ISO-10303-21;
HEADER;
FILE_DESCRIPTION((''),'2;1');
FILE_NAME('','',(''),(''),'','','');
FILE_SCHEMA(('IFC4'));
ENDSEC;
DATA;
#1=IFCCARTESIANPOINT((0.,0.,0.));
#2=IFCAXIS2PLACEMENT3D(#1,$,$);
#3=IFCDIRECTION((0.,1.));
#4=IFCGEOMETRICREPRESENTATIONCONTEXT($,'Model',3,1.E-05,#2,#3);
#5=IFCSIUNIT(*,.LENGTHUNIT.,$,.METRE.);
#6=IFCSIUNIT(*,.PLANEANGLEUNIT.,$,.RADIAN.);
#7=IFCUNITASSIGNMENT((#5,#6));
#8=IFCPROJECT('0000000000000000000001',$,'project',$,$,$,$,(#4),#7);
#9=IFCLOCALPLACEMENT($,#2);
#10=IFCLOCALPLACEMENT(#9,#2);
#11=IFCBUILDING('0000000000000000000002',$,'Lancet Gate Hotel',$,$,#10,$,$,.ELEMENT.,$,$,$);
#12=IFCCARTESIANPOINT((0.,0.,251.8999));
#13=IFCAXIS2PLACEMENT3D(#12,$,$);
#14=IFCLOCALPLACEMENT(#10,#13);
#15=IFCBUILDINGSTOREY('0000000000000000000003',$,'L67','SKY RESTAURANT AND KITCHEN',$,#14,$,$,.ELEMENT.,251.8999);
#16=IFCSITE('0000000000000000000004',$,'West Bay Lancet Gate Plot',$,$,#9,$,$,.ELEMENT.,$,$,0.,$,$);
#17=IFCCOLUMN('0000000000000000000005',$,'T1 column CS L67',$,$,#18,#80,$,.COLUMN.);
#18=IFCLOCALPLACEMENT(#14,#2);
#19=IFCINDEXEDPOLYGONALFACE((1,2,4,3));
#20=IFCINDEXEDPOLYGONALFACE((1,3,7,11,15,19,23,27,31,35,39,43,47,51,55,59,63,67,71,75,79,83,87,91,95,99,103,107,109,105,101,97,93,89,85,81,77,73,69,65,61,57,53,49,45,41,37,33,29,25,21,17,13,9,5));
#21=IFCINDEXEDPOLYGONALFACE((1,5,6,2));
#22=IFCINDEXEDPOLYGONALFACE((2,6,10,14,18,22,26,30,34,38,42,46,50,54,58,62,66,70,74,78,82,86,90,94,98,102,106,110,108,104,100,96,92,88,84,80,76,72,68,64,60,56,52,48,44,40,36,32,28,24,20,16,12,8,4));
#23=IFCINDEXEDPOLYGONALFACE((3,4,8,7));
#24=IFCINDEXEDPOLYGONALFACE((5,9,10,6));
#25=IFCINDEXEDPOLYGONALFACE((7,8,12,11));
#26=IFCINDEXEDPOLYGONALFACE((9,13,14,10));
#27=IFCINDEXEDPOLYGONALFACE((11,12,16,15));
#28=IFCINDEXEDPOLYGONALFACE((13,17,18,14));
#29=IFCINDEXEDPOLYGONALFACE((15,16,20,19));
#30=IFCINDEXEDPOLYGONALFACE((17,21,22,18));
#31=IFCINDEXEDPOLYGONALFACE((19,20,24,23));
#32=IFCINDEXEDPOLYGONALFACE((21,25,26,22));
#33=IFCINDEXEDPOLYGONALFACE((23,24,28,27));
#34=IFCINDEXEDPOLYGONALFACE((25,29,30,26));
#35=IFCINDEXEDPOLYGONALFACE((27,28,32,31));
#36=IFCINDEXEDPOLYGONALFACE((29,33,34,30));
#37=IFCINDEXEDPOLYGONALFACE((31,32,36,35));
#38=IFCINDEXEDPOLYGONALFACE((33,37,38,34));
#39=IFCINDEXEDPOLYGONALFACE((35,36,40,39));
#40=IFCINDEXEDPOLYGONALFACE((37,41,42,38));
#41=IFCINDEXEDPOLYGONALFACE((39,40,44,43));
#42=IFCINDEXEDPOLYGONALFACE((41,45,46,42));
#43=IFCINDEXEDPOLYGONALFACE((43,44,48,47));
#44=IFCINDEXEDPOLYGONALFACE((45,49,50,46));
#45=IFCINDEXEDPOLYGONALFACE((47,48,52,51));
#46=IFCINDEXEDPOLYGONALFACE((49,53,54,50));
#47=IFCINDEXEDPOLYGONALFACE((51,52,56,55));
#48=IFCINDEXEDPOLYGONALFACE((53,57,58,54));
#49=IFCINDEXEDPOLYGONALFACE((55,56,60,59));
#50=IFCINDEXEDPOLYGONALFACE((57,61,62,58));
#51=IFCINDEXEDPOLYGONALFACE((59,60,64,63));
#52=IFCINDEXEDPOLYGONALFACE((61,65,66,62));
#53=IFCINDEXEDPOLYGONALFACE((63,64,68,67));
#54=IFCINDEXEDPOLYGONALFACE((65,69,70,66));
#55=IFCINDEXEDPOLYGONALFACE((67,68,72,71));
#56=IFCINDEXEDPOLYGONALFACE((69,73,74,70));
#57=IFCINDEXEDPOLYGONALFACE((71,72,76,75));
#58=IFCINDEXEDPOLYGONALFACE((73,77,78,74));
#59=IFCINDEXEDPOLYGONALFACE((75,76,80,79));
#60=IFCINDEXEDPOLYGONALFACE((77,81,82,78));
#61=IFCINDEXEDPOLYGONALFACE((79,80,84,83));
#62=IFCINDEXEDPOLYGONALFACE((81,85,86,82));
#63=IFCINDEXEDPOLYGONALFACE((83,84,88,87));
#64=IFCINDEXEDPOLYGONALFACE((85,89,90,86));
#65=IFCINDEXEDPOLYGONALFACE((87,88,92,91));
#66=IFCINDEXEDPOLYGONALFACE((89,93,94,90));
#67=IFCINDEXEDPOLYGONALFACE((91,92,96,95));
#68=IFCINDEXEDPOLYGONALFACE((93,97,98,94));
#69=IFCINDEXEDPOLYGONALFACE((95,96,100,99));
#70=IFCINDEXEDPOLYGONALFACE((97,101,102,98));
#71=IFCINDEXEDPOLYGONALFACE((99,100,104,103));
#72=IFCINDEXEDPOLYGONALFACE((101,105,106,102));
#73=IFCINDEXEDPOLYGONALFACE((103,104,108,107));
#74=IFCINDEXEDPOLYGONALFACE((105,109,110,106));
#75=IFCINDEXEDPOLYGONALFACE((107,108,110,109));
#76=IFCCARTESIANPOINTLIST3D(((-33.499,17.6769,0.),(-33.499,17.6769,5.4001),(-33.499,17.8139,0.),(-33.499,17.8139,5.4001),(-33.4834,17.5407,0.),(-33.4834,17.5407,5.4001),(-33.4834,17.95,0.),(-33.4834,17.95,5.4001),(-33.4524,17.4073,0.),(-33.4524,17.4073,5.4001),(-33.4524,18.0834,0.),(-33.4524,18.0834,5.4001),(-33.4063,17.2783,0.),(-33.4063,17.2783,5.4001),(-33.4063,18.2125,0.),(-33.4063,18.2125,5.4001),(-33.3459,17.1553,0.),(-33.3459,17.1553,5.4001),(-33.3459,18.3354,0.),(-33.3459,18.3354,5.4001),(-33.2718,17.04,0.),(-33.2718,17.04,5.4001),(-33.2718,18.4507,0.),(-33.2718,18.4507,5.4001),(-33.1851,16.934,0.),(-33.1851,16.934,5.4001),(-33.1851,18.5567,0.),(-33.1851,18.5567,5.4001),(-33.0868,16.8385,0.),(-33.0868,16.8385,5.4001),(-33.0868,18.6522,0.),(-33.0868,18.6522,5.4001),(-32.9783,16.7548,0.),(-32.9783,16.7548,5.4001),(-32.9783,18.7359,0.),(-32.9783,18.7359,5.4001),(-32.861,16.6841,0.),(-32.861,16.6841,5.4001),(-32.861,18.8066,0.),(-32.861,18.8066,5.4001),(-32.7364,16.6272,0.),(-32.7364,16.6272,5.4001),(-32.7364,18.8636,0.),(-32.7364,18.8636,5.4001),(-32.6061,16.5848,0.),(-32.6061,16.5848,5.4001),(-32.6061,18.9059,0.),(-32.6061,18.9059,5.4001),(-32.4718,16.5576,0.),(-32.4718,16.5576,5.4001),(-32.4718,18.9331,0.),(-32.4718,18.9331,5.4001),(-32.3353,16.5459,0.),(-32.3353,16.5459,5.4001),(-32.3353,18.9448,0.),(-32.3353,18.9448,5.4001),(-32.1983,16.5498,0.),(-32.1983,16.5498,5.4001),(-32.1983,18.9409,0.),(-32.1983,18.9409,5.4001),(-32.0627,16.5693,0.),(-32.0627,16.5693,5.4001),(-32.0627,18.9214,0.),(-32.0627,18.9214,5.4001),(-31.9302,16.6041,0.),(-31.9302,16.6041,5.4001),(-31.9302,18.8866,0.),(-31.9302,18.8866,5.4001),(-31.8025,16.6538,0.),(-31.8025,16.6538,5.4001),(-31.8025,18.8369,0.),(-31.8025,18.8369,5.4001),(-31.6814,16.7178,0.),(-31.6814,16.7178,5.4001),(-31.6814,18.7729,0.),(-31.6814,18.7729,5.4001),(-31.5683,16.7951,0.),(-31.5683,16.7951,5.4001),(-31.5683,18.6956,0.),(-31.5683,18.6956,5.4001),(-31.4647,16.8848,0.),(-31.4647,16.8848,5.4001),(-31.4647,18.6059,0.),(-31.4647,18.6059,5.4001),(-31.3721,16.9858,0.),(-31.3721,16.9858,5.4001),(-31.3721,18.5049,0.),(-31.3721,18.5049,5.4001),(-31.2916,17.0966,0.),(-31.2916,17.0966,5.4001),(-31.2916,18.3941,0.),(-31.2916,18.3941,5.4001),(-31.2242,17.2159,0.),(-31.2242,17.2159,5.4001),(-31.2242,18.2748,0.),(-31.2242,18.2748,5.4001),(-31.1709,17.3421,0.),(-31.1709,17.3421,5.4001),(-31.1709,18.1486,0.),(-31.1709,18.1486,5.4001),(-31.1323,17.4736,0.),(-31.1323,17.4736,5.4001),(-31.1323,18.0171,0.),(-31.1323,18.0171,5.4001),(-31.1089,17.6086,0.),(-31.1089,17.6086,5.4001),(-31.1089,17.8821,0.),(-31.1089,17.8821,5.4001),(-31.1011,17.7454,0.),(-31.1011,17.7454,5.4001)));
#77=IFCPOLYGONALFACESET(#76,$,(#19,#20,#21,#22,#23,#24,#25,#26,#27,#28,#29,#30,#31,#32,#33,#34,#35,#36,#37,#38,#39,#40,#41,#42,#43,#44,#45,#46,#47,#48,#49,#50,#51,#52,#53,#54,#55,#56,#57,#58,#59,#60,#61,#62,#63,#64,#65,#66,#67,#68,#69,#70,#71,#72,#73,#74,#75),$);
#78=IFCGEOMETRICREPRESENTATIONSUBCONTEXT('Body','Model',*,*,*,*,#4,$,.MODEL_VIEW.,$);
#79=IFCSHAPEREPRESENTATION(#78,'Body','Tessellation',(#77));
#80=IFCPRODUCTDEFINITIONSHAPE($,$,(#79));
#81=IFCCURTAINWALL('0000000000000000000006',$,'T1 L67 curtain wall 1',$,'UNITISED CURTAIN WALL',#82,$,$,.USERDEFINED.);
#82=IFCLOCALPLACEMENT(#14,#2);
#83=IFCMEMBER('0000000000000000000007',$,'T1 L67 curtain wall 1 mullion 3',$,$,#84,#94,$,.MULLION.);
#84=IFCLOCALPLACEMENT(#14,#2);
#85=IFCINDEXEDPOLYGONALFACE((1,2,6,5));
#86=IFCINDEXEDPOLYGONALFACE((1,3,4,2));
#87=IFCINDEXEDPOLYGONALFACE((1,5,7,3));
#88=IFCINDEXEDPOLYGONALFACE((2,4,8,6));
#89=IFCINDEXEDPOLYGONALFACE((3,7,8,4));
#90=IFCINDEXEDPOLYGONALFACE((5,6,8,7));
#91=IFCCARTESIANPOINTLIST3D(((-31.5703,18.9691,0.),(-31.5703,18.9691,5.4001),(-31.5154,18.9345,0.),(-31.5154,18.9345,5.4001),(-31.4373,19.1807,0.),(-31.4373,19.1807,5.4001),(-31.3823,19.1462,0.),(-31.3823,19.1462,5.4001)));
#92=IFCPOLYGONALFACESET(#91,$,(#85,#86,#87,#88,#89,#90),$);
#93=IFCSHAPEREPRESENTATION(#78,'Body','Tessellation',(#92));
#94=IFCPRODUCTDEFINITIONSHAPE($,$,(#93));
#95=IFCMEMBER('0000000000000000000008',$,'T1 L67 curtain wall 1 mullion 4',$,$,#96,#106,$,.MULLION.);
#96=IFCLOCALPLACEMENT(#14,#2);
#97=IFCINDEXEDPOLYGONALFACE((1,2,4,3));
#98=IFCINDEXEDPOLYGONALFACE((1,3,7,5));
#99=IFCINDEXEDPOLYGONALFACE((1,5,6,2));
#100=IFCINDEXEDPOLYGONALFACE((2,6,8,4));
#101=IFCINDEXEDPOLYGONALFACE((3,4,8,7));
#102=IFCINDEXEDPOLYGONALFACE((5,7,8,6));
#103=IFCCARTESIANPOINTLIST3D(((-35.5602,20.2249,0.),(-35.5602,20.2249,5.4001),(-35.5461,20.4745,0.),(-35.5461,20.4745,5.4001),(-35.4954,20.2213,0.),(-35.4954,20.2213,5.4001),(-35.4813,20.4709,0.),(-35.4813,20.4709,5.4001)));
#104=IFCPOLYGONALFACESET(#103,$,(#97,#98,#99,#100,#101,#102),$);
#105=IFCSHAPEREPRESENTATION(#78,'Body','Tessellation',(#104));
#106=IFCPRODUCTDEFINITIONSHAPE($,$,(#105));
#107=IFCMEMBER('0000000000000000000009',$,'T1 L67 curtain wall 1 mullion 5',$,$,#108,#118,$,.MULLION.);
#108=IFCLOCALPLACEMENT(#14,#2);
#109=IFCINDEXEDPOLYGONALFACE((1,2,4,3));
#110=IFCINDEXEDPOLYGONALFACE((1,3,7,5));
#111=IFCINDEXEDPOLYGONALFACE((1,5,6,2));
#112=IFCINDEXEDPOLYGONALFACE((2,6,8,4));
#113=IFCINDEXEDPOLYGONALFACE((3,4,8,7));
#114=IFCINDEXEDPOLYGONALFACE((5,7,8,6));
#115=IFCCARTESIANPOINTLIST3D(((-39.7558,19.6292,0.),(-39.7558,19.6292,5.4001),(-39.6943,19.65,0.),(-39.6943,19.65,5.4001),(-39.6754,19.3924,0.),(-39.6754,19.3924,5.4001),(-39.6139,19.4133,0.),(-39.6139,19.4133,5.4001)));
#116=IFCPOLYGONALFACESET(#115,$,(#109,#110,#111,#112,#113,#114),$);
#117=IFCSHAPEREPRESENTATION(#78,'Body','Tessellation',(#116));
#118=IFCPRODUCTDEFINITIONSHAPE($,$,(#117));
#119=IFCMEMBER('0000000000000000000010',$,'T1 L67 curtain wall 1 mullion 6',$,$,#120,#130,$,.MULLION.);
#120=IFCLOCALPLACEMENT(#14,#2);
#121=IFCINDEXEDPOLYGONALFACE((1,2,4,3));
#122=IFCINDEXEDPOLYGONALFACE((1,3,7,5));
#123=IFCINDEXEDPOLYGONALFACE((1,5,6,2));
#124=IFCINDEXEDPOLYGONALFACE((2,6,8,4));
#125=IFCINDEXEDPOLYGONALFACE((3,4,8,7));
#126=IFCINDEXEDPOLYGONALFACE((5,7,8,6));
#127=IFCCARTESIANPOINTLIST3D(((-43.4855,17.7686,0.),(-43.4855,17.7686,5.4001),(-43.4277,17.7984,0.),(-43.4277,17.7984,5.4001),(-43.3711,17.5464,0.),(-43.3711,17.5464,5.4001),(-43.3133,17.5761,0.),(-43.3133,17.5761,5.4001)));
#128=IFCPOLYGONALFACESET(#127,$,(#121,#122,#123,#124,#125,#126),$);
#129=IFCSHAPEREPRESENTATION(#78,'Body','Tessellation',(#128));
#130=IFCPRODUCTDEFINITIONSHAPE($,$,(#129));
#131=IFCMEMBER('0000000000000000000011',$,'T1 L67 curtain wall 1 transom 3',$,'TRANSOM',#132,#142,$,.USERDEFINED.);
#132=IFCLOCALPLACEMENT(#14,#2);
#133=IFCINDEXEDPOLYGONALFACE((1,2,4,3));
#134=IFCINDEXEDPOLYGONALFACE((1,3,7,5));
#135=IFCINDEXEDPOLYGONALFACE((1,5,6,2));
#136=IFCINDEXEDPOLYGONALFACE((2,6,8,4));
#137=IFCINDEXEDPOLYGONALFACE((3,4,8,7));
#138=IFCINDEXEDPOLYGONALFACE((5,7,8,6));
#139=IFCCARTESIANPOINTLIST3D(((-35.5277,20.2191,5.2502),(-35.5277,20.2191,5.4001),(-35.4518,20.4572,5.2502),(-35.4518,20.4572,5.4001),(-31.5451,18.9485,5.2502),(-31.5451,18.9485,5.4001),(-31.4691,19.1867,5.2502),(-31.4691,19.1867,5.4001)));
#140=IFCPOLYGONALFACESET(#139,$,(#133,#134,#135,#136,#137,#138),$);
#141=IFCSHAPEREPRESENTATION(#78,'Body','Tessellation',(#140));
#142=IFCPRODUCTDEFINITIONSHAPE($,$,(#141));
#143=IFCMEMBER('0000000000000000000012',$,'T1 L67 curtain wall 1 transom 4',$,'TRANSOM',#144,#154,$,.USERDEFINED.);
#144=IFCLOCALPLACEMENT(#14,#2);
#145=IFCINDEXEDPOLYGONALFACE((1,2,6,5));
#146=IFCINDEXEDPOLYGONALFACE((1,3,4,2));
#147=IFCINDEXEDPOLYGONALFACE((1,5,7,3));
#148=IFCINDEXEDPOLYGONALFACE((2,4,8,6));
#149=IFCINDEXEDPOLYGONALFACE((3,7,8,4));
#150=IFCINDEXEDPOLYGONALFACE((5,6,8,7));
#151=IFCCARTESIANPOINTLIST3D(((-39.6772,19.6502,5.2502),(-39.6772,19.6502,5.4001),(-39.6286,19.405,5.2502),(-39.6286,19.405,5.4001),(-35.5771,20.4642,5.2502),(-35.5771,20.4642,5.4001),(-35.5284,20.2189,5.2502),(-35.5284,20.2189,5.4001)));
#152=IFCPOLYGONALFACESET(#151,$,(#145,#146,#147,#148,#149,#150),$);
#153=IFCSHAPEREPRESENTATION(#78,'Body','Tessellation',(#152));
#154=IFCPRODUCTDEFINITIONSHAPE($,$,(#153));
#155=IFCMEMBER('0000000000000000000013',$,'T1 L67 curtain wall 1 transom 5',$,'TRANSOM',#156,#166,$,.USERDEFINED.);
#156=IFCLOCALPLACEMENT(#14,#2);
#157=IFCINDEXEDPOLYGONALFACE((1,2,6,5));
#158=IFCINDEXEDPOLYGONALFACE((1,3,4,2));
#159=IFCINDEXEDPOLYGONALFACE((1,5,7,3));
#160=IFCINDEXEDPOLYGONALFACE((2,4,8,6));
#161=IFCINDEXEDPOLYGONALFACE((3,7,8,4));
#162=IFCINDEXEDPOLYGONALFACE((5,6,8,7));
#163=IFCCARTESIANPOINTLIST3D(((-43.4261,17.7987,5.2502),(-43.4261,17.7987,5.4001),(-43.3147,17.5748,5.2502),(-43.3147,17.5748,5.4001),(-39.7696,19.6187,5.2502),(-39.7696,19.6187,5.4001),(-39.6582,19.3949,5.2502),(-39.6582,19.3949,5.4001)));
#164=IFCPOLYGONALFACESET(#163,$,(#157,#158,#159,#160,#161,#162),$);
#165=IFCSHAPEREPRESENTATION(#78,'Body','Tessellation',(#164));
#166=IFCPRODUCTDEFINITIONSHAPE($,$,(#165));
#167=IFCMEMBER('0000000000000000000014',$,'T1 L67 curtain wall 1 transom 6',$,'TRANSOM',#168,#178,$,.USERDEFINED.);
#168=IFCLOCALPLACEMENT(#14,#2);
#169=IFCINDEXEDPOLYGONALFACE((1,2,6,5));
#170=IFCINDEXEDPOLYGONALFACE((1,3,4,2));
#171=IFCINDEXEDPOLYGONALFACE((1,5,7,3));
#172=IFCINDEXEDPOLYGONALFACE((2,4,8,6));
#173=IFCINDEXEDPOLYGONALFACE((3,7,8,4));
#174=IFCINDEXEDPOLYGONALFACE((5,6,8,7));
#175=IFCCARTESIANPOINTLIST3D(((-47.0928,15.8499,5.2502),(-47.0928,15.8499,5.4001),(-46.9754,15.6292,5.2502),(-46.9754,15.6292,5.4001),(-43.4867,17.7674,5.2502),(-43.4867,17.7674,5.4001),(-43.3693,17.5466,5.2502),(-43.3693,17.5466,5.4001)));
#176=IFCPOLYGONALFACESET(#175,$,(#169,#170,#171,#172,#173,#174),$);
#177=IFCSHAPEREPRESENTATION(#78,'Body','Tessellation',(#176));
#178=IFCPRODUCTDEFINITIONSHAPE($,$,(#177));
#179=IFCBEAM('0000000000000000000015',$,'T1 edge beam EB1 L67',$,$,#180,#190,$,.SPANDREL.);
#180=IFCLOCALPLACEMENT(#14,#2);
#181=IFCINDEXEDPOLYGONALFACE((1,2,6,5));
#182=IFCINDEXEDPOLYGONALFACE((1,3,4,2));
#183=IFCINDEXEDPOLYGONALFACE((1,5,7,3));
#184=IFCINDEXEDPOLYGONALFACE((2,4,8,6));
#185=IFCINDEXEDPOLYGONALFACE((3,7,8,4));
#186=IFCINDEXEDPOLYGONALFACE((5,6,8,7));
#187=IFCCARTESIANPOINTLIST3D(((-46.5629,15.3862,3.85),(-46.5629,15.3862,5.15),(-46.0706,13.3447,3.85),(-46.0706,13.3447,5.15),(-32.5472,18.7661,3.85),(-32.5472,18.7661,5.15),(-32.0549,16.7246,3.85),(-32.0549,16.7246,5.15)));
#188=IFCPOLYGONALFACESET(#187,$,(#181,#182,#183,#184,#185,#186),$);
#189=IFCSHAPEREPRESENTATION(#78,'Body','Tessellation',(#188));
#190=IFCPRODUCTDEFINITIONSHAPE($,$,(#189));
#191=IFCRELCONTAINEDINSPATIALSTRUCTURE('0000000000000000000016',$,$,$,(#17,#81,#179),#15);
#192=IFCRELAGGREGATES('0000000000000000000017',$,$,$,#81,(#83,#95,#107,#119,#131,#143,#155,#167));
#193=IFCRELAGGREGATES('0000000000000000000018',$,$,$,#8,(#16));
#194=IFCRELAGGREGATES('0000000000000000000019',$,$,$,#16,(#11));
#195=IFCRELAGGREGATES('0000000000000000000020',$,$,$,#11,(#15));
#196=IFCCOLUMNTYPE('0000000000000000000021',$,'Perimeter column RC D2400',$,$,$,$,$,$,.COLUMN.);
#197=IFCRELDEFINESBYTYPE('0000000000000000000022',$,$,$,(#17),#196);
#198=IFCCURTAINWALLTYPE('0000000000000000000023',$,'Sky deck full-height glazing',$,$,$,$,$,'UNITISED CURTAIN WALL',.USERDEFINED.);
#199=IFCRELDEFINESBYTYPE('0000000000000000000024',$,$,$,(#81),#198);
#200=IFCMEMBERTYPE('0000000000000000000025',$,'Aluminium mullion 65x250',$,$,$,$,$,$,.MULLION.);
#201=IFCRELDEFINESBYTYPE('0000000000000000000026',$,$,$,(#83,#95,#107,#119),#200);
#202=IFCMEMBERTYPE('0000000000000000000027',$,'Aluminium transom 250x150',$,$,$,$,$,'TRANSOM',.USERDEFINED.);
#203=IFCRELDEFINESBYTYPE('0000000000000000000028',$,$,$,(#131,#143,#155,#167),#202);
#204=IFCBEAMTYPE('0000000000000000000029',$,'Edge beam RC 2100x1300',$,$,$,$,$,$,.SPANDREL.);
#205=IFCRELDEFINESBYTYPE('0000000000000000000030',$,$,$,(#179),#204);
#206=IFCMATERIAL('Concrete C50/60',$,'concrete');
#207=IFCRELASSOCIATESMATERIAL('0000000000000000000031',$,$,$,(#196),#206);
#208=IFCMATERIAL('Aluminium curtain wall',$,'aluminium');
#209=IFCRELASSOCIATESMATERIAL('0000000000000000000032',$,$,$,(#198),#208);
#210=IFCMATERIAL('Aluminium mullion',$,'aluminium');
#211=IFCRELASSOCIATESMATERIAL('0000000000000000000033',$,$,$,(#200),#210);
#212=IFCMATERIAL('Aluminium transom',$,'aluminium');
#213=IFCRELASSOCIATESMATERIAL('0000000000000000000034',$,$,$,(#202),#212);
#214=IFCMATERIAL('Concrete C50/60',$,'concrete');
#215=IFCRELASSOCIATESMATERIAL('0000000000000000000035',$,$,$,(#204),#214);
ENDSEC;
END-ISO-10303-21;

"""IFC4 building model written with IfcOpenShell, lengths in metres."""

from ifc_helpers import new_model, si_unit, direction, frame, origin, origin_2d, place, context, subcontext, project, spatial, rectangle, circle, extrude, material, material_profile, profile_set, type_object, element, aggregate, save


model = new_model("IFC4")

# Units and contexts
model_context = context("Model", 3, precision=1e-05, world=origin(), true_north=direction((0.0, 1.0)))
body_context = subcontext(model_context, "Body", "Model", "MODEL_VIEW")
ifc_project = project(units=[si_unit("LENGTHUNIT", "METRE"), si_unit("PLANEANGLEUNIT", "RADIAN")], contexts=[model_context])

# Site, building, storey
site_placement = place(None, origin())
site = spatial("IfcSite", under=ifc_project, at=site_placement, Name="West Bay Lancet Gate Plot", CompositionType="ELEMENT", RefElevation=0.0)
building_placement = place(site_placement, origin())
building = spatial("IfcBuilding", under=site, at=building_placement, Name="Lancet Gate Hotel", CompositionType="ELEMENT")
storey_placement = place(building_placement, frame((0.0, 0.0, 251.8999)))
storey = spatial("IfcBuildingStorey", under=building, at=storey_placement, Name="L67", Description="SKY RESTAURANT AND KITCHEN", CompositionType="ELEMENT", Elevation=251.8999)

# Column
ifc_material_1 = material(Name="Concrete C50/60", Category="concrete")
ifc_material_profile_1 = material_profile(ifc_material_1, circle(Radius=1.2, at=origin_2d()), Name="RC D2400")
ifc_profile_set_1 = profile_set([ifc_material_profile_1], Name="Concrete C50/60")
column_type = type_object("IfcColumnType", Name="Perimeter column RC D2400", PredefinedType="COLUMN", material=ifc_profile_set_1)
column_placement = place(storey_placement, frame((-32.301, 17.7454, 0.0), z_axis=(0.0, 0.0, 1.0), x_axis=(1.0, 0.0, 0.0)))
element("IfcColumn", 1, at=column_placement, inside=storey, type_object=column_type, Name="T1 column CS L67", PredefinedType="COLUMN", context=body_context, shape_type="SweptSolid", body=[
    extrude(circle(Radius=1.2, at=origin_2d()), origin(), (0.0, 0.0, 1.0), 5.4001),
])

# Curtain wall, members
ifc_material_2 = material(Name="Aluminium curtain wall", Category="aluminium")
curtain_wall_type = type_object("IfcCurtainWallType", Name="Sky deck full-height glazing", ElementType="UNITISED CURTAIN WALL", PredefinedType="USERDEFINED", material=ifc_material_2)
curtain_wall_placement = place(storey_placement, origin())
curtain_wall = element("IfcCurtainWall", 2, at=curtain_wall_placement, inside=storey, type_object=curtain_wall_type, Name="T1 L67 curtain wall 1", ObjectType="UNITISED CURTAIN WALL", PredefinedType="USERDEFINED")
ifc_material_3 = material(Name="Aluminium mullion", Category="aluminium")
ifc_material_profile_2 = material_profile(ifc_material_3, rectangle(XDim=0.0649, YDim=0.25, at=origin_2d()), Name="MULLION 65x250")
ifc_profile_set_2 = profile_set([ifc_material_profile_2], Name="Aluminium mullion")
member_type_1 = type_object("IfcMemberType", Name="Aluminium mullion 65x250", PredefinedType="MULLION", material=ifc_profile_set_2)
member_1_placement = place(storey_placement, frame((-31.4763, 19.0576, 0.0), z_axis=(0.0, 0.0, 1.0), x_axis=(-0.846613, 0.532209, 0.0)))
member_1 = element("IfcMember", 3, at=member_1_placement, type_object=member_type_1, Name="T1 L67 curtain wall 1 mullion 3", PredefinedType="MULLION", context=body_context, shape_type="SweptSolid", body=[
    extrude(rectangle(XDim=0.0649, YDim=0.25, at=origin_2d()), origin(), (0.0, 0.0, 1.0), 5.4001),
])
member_2_placement = place(storey_placement, frame((-35.5208, 20.3479, 0.0), z_axis=(0.0, 0.0, 1.0), x_axis=(-0.998409, 0.056384, 0.0)))
member_2 = element("IfcMember", 4, at=member_2_placement, type_object=member_type_1, Name="T1 L67 curtain wall 1 mullion 4", PredefinedType="MULLION", context=body_context, shape_type="SweptSolid", body=[
    extrude(rectangle(XDim=0.0649, YDim=0.25, at=origin_2d()), origin(), (0.0, 0.0, 1.0), 5.4001),
])
member_3_placement = place(storey_placement, frame((-39.6848, 19.5212, 0.0), z_axis=(0.0, 0.0, 1.0), x_axis=(-0.946888, -0.321564, 0.0)))
member_3 = element("IfcMember", 5, at=member_3_placement, type_object=member_type_1, Name="T1 L67 curtain wall 1 mullion 5", PredefinedType="MULLION", context=body_context, shape_type="SweptSolid", body=[
    extrude(rectangle(XDim=0.0649, YDim=0.25, at=origin_2d()), origin(), (0.0, 0.0, 1.0), 5.4001),
])
member_4_placement = place(storey_placement, frame((-43.3994, 17.6724, 0.0), z_axis=(0.0, 0.0, 1.0), x_axis=(-0.889156, -0.457605, 0.0)))
member_4 = element("IfcMember", 6, at=member_4_placement, type_object=member_type_1, Name="T1 L67 curtain wall 1 mullion 6", PredefinedType="MULLION", context=body_context, shape_type="SweptSolid", body=[
    extrude(rectangle(XDim=0.0649, YDim=0.25, at=origin_2d()), origin(), (0.0, 0.0, 1.0), 5.4001),
])
ifc_material_4 = material(Name="Aluminium transom", Category="aluminium")
ifc_material_profile_3 = material_profile(ifc_material_4, rectangle(XDim=0.25, YDim=0.1499, at=origin_2d()), Name="TRANSOM 250x150")
ifc_profile_set_3 = profile_set([ifc_material_profile_3], Name="Aluminium transom")
member_type_2 = type_object("IfcMemberType", Name="Aluminium transom 250x150", ElementType="TRANSOM", PredefinedType="USERDEFINED", material=ifc_profile_set_3)
member_5_placement = place(storey_placement, frame((-31.5071, 19.0676, 5.3252), z_axis=(-0.952698, 0.30392, 0.0), x_axis=(-0.30392, -0.952698, 0.0)))
member_5 = element("IfcMember", 7, at=member_5_placement, type_object=member_type_2, Name="T1 L67 curtain wall 1 transom 3", ObjectType="TRANSOM", PredefinedType="USERDEFINED", context=body_context, shape_type="SweptSolid", body=[
    extrude(rectangle(XDim=0.25, YDim=0.1499, at=origin_2d()), origin(), (0.0, 0.0, 1.0), 4.1804),
])
member_6_placement = place(storey_placement, frame((-35.5527, 20.3416, 5.3252), z_axis=(-0.980858, -0.194723, 0.0), x_axis=(0.194723, -0.980858, 0.0)))
member_6 = element("IfcMember", 8, at=member_6_placement, type_object=member_type_2, Name="T1 L67 curtain wall 1 transom 4", ObjectType="TRANSOM", PredefinedType="USERDEFINED", context=body_context, shape_type="SweptSolid", body=[
    extrude(rectangle(XDim=0.25, YDim=0.1499, at=origin_2d()), origin(), (0.0, 0.0, 1.0), 4.1802),
])
member_7_placement = place(storey_placement, frame((-39.7139, 19.5068, 5.3252), z_axis=(-0.895227, -0.445611, 0.0), x_axis=(0.445611, -0.895227, 0.0)))
member_7 = element("IfcMember", 9, at=member_7_placement, type_object=member_type_2, Name="T1 L67 curtain wall 1 transom 5", ObjectType="TRANSOM", PredefinedType="USERDEFINED", context=body_context, shape_type="SweptSolid", body=[
    extrude(rectangle(XDim=0.25, YDim=0.1499, at=origin_2d()), origin(), (0.0, 0.0, 1.0), 4.0845),
])
member_8_placement = place(storey_placement, frame((-43.428, 17.657, 5.3252), z_axis=(-0.882945, -0.469477, 0.0), x_axis=(0.469477, -0.882945, 0.0)))
member_8 = element("IfcMember", 10, at=member_8_placement, type_object=member_type_2, Name="T1 L67 curtain wall 1 transom 6", ObjectType="TRANSOM", PredefinedType="USERDEFINED", context=body_context, shape_type="SweptSolid", body=[
    extrude(rectangle(XDim=0.25, YDim=0.1499, at=origin_2d()), origin(), (0.0, 0.0, 1.0), 4.0842),
])

# Beam
ifc_material_5 = material(Name="Concrete C50/60", Category="concrete")
ifc_material_profile_4 = material_profile(ifc_material_5, rectangle(XDim=2.1001, YDim=1.3, at=origin_2d()), Name="RC 2100x1300")
ifc_profile_set_4 = profile_set([ifc_material_profile_4], Name="Concrete C50/60")
beam_type_1 = type_object("IfcBeamType", Name="Edge beam RC 2100x1300", PredefinedType="SPANDREL", material=ifc_profile_set_4)
beam_1_placement = place(storey_placement, frame((-32.301, 17.7454, 4.5), z_axis=(-0.972133, -0.234431, 0.0), x_axis=(0.234431, -0.972133, 0.0)))
element("IfcBeam", 11, at=beam_1_placement, inside=storey, type_object=beam_type_1, Name="T1 edge beam EB1 L67", PredefinedType="SPANDREL", context=body_context, shape_type="SweptSolid", body=[
    extrude(rectangle(XDim=2.1001, YDim=1.3, at=origin_2d()), origin(), (0.0, 0.0, 1.0), 14.4175),
])

aggregate(curtain_wall, [member_1, member_2, member_3, member_4, member_5, member_6, member_7, member_8])

save(model, "model.ifc")
